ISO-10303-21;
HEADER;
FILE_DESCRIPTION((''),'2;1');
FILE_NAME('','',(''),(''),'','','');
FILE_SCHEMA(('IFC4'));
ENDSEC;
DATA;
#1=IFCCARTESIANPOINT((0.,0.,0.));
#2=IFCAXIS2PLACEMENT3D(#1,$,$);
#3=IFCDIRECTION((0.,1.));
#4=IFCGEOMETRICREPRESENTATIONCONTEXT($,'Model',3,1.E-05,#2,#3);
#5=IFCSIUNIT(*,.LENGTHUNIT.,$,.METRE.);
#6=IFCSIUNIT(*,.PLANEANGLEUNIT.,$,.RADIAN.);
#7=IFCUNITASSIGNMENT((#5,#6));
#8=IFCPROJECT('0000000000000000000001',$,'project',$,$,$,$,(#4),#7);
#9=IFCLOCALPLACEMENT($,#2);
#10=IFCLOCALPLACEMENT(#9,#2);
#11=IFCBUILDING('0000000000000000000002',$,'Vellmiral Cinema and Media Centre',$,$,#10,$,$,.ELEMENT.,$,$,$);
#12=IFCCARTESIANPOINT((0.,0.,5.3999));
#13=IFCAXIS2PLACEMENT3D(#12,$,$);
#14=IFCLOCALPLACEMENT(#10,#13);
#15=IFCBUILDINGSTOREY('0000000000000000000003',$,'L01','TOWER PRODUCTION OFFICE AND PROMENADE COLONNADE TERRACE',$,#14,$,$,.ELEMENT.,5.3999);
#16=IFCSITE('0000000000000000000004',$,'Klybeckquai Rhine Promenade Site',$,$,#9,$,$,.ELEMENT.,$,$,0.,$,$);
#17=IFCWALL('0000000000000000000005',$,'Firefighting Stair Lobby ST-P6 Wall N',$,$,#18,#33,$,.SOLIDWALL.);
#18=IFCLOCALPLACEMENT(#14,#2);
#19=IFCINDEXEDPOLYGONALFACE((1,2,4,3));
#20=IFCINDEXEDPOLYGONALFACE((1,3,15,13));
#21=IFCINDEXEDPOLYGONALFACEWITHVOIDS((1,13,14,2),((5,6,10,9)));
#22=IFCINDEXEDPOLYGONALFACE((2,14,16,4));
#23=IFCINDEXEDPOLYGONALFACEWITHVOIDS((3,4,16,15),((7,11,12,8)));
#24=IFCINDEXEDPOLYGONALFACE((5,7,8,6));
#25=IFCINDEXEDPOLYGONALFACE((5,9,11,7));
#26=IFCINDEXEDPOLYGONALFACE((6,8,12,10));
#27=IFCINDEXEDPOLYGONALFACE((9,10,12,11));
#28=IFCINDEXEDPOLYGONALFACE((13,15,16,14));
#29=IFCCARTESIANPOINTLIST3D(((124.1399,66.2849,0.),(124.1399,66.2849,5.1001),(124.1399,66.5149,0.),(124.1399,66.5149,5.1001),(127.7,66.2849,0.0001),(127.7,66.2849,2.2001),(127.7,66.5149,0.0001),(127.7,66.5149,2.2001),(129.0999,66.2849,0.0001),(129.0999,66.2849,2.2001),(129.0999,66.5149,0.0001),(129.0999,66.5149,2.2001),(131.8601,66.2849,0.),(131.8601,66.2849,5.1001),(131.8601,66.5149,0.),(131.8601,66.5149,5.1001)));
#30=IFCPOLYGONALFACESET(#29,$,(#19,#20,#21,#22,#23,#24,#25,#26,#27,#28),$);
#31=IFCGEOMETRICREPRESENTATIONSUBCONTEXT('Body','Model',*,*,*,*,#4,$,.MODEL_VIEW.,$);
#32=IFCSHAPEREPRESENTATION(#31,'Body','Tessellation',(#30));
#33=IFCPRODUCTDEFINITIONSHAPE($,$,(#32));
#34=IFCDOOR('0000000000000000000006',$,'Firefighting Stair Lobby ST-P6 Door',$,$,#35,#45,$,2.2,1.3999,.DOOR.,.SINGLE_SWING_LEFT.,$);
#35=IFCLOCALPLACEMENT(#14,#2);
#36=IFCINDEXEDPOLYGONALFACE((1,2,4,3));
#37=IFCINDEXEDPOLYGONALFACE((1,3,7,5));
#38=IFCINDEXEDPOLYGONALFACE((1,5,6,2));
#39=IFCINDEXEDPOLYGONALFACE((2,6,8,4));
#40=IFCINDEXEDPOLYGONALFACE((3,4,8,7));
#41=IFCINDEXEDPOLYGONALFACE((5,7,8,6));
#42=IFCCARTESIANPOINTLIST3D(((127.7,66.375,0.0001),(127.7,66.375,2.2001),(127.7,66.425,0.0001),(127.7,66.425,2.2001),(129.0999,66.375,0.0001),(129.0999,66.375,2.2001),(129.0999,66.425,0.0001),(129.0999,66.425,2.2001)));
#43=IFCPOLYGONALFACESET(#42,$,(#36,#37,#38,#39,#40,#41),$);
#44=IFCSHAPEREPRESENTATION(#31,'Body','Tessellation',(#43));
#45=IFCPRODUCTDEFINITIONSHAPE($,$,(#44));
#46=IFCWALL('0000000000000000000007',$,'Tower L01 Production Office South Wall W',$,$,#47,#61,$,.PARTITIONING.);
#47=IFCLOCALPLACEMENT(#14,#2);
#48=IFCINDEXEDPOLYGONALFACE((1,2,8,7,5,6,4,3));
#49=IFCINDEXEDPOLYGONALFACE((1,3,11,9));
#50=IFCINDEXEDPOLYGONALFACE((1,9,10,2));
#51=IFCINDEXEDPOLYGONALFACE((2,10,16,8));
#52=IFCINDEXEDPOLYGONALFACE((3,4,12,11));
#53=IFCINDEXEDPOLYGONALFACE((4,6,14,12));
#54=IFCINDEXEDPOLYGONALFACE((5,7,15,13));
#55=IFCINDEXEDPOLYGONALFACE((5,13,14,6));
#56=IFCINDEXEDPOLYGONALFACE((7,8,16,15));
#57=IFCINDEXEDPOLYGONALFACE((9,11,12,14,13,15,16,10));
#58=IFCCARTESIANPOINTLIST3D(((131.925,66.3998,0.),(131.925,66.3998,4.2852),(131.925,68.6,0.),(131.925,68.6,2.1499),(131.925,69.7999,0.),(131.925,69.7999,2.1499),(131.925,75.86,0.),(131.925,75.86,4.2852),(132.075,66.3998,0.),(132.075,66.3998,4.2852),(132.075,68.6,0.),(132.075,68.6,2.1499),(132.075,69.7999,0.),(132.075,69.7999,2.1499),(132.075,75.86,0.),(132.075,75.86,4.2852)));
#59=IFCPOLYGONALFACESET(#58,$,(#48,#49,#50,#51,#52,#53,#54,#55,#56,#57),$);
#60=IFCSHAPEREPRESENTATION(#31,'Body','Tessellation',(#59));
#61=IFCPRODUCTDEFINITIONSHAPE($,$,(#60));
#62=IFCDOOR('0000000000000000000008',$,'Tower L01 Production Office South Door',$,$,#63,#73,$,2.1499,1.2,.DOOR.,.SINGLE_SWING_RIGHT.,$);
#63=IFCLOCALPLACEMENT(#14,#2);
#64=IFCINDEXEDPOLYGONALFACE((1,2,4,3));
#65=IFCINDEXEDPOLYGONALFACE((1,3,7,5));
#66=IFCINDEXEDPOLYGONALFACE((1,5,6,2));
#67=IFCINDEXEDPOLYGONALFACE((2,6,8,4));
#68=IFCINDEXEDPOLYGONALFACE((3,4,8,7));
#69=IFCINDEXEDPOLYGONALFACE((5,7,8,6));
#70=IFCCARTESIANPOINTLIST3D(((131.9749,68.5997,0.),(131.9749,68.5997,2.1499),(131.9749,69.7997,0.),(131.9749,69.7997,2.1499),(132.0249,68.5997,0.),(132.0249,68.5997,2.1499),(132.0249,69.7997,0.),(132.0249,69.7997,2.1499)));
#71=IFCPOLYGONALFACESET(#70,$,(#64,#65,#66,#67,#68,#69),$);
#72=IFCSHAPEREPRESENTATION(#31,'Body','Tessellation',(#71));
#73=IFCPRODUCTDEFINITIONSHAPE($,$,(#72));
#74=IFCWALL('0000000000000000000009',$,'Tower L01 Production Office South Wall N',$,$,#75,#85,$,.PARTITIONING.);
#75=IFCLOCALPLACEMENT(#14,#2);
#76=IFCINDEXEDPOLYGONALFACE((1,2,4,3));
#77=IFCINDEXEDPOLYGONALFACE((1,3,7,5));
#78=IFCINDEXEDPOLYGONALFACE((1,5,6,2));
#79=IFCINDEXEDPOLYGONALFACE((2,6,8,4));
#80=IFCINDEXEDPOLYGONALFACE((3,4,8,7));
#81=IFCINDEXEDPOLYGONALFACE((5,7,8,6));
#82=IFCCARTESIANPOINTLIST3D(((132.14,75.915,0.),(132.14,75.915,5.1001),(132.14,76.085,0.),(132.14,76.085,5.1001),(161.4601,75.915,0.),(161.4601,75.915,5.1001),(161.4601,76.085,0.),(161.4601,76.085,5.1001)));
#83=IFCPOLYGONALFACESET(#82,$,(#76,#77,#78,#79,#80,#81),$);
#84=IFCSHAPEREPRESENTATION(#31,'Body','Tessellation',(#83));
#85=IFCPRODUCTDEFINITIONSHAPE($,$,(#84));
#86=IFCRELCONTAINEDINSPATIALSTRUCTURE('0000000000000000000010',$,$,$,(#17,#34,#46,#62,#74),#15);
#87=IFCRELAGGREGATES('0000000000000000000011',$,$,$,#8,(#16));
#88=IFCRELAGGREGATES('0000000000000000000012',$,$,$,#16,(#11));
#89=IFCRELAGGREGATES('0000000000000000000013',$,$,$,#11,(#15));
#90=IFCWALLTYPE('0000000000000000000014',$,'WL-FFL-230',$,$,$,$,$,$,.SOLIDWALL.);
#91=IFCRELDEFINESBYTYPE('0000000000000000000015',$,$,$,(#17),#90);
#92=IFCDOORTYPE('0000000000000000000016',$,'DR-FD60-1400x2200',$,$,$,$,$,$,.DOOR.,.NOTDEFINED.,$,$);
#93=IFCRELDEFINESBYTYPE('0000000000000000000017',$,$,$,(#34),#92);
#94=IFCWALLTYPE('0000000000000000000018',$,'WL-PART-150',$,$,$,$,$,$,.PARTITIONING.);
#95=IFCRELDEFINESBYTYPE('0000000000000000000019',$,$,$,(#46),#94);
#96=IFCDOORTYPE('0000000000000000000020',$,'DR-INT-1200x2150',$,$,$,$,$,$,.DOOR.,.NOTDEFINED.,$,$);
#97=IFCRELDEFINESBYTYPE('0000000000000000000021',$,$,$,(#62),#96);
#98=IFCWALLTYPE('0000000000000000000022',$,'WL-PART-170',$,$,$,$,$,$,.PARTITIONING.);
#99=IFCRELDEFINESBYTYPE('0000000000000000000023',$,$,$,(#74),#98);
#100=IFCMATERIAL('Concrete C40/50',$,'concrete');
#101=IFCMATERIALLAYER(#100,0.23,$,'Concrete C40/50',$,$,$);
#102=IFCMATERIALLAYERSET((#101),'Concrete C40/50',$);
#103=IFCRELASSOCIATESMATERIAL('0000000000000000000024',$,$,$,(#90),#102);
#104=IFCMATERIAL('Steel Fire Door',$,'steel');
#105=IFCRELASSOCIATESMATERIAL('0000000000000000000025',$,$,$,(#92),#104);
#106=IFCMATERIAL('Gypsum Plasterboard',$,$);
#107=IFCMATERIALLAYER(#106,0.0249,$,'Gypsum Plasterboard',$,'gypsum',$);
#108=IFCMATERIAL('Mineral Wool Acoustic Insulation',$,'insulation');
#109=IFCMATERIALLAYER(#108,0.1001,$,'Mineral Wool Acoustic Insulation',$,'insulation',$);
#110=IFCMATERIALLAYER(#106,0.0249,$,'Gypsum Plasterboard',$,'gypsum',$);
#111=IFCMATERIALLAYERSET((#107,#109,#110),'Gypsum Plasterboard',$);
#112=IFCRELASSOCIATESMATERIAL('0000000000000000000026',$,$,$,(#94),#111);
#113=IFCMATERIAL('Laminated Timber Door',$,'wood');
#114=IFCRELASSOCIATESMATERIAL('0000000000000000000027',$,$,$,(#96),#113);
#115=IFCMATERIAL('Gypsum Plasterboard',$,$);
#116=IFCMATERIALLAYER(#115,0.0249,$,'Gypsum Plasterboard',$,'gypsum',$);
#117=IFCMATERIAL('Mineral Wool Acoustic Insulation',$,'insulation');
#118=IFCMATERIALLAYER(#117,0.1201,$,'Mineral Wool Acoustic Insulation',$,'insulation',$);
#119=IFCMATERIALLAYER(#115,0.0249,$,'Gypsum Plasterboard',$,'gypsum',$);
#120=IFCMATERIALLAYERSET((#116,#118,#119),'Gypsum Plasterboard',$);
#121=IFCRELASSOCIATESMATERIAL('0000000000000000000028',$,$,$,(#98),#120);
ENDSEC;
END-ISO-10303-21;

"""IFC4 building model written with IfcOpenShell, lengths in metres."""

from ifc_helpers import new_model, si_unit, direction, frame, frame_2d, origin, place, context, subcontext, project, spatial, rectangle, extrude, material, layer, layer_set, type_object, element, fill, save


model = new_model("IFC4")

# Units and contexts
model_context = context("Model", 3, precision=1e-05, world=origin(), true_north=direction((0.0, 1.0)))
body_context = subcontext(model_context, "Body", "Model", "MODEL_VIEW")
ifc_project = project(units=[si_unit("LENGTHUNIT", "METRE"), si_unit("PLANEANGLEUNIT", "RADIAN")], contexts=[model_context])

# Site, building, storey
site_placement = place(None, origin())
site = spatial("IfcSite", under=ifc_project, at=site_placement, Name="Klybeckquai Rhine Promenade Site", CompositionType="ELEMENT", RefElevation=0.0)
building_placement = place(site_placement, origin())
building = spatial("IfcBuilding", under=site, at=building_placement, Name="Vellmiral Cinema and Media Centre", CompositionType="ELEMENT")
storey_placement = place(building_placement, frame((0.0, 0.0, 5.3999)))
storey = spatial("IfcBuildingStorey", under=building, at=storey_placement, Name="L01", Description="TOWER PRODUCTION OFFICE AND PROMENADE COLONNADE TERRACE", CompositionType="ELEMENT", Elevation=5.3999)

# Walls, openings, doors
ifc_material_1 = material(Name="Concrete C40/50", Category="concrete")
ifc_layer_1 = layer(ifc_material_1, 0.23, Name="Concrete C40/50")
ifc_layer_set_1 = layer_set([ifc_layer_1], Name="Concrete C40/50")
wall_type_1 = type_object("IfcWallType", Name="WL-FFL-230", PredefinedType="SOLIDWALL", material=ifc_layer_set_1)
wall_1_placement = place(storey_placement, frame((124.1399, 66.3999, 0.0), z_axis=(0.0, 0.0, 1.0), x_axis=(1.0, 0.0, 0.0)))
wall_1 = element("IfcWall", 1, at=wall_1_placement, inside=storey, type_object=wall_type_1, Name="Firefighting Stair Lobby ST-P6 Wall N", PredefinedType="SOLIDWALL", context=body_context, shape_type="SweptSolid", body=[
    extrude(rectangle(XDim=7.7202, YDim=0.23, at=frame_2d((3.8601, 0.0))), origin(), (0.0, 0.0, 1.0), 5.1001),
])
opening_1_placement = place(wall_1_placement, frame((3.5601, 0.0, 0.0)))
opening_1 = element("IfcOpeningElement", 2, at=opening_1_placement, cuts=wall_1, PredefinedType="OPENING", context=body_context, shape_type="SweptSolid", body=[
    extrude(rectangle(XDim=1.3999, YDim=2.2, at=frame_2d((0.7, 1.1001))), frame((0.0, 0.127, 0.0), z_axis=(0.0, -1.0, 0.0), x_axis=(1.0, 0.0, 0.0)), (0.0, 0.0, 1.0), 0.2539),
])
ifc_material_2 = material(Name="Steel Fire Door", Category="steel")
door_type_1 = type_object("IfcDoorType", Name="DR-FD60-1400x2200", OperationType="NOTDEFINED", PredefinedType="DOOR", material=ifc_material_2)
door_1_placement = place(opening_1_placement, frame((1.3999, 0.0, 0.0), z_axis=(0.0, 0.0, 1.0), x_axis=(-1.0, 0.0, 0.0)))
door_1 = element("IfcDoor", 3, at=door_1_placement, inside=storey, type_object=door_type_1, Name="Firefighting Stair Lobby ST-P6 Door", OperationType="SINGLE_SWING_LEFT", OverallHeight=2.2, OverallWidth=1.3999, PredefinedType="DOOR", context=body_context, shape_type="SweptSolid", body=[
    extrude(rectangle(XDim=1.3999, YDim=2.2, at=frame_2d((0.7, 1.1001))), frame((0.0, 0.0249, 0.0), z_axis=(0.0, -1.0, 0.0), x_axis=(1.0, 0.0, 0.0)), (0.0, 0.0, 1.0), 0.05),
])
fill(opening_1, door_1)
ifc_material_3 = material(Name="Gypsum Plasterboard")
ifc_layer_2 = layer(ifc_material_3, 0.0249, Name="Gypsum Plasterboard", Category="gypsum")
ifc_material_4 = material(Name="Mineral Wool Acoustic Insulation", Category="insulation")
ifc_layer_3 = layer(ifc_material_4, 0.1001, Name="Mineral Wool Acoustic Insulation", Category="insulation")
ifc_layer_4 = layer(ifc_material_3, 0.0249, Name="Gypsum Plasterboard", Category="gypsum")
ifc_layer_set_2 = layer_set([ifc_layer_2, ifc_layer_3, ifc_layer_4], Name="Gypsum Plasterboard")
wall_type_2 = type_object("IfcWallType", Name="WL-PART-150", PredefinedType="PARTITIONING", material=ifc_layer_set_2)
wall_2_placement = place(storey_placement, frame((132.0, 66.3999, 0.0), z_axis=(0.0, 0.0, 1.0), x_axis=(0.0, 1.0, 0.0)))
wall_2 = element("IfcWall", 4, at=wall_2_placement, inside=storey, type_object=wall_type_2, Name="Tower L01 Production Office South Wall W", PredefinedType="PARTITIONING", context=body_context, shape_type="SweptSolid", body=[
    extrude(rectangle(XDim=9.4602, YDim=0.1499, at=frame_2d((4.73, 0.0))), origin(), (0.0, 0.0, 1.0), 4.2852),
])
opening_2_placement = place(wall_2_placement, frame((2.2, 0.0, 0.0)))
opening_2 = element("IfcOpeningElement", 5, at=opening_2_placement, cuts=wall_2, PredefinedType="OPENING", context=body_context, shape_type="SweptSolid", body=[
    extrude(rectangle(XDim=1.2, YDim=2.1499, at=frame_2d((0.6001, 1.075))), frame((0.0, 0.0869, 0.0), z_axis=(0.0, -1.0, 0.0), x_axis=(1.0, 0.0, 0.0)), (0.0, 0.0, 1.0), 0.1738),
])
ifc_material_5 = material(Name="Laminated Timber Door", Category="wood")
door_type_2 = type_object("IfcDoorType", Name="DR-INT-1200x2150", OperationType="NOTDEFINED", PredefinedType="DOOR", material=ifc_material_5)
door_2_placement = place(opening_2_placement, frame((1.2, 0.0, 0.0), z_axis=(0.0, 0.0, 1.0), x_axis=(-1.0, 0.0, 0.0)))
door_2 = element("IfcDoor", 6, at=door_2_placement, inside=storey, type_object=door_type_2, Name="Tower L01 Production Office South Door", OperationType="SINGLE_SWING_RIGHT", OverallHeight=2.1499, OverallWidth=1.2, PredefinedType="DOOR", context=body_context, shape_type="SweptSolid", body=[
    extrude(rectangle(XDim=1.2, YDim=2.1499, at=frame_2d((0.6001, 1.075))), frame((0.0, 0.0249, 0.0), z_axis=(0.0, -1.0, 0.0), x_axis=(1.0, 0.0, 0.0)), (0.0, 0.0, 1.0), 0.05),
])
fill(opening_2, door_2)

# Wall
ifc_material_6 = material(Name="Gypsum Plasterboard")
ifc_layer_5 = layer(ifc_material_6, 0.0249, Name="Gypsum Plasterboard", Category="gypsum")
ifc_material_7 = material(Name="Mineral Wool Acoustic Insulation", Category="insulation")
ifc_layer_6 = layer(ifc_material_7, 0.1201, Name="Mineral Wool Acoustic Insulation", Category="insulation")
ifc_layer_7 = layer(ifc_material_6, 0.0249, Name="Gypsum Plasterboard", Category="gypsum")
ifc_layer_set_3 = layer_set([ifc_layer_5, ifc_layer_6, ifc_layer_7], Name="Gypsum Plasterboard")
wall_type_3 = type_object("IfcWallType", Name="WL-PART-170", PredefinedType="PARTITIONING", material=ifc_layer_set_3)
wall_3_placement = place(storey_placement, frame((132.1399, 76.0, 0.0), z_axis=(0.0, 0.0, 1.0), x_axis=(1.0, 0.0, 0.0)))
element("IfcWall", 7, at=wall_3_placement, inside=storey, type_object=wall_type_3, Name="Tower L01 Production Office South Wall N", PredefinedType="PARTITIONING", context=body_context, shape_type="SweptSolid", body=[
    extrude(rectangle(XDim=29.3201, YDim=0.1699, at=frame_2d((14.6602, 0.0))), origin(), (0.0, 0.0, 1.0), 5.1001),
])

save(model, "model.ifc")
